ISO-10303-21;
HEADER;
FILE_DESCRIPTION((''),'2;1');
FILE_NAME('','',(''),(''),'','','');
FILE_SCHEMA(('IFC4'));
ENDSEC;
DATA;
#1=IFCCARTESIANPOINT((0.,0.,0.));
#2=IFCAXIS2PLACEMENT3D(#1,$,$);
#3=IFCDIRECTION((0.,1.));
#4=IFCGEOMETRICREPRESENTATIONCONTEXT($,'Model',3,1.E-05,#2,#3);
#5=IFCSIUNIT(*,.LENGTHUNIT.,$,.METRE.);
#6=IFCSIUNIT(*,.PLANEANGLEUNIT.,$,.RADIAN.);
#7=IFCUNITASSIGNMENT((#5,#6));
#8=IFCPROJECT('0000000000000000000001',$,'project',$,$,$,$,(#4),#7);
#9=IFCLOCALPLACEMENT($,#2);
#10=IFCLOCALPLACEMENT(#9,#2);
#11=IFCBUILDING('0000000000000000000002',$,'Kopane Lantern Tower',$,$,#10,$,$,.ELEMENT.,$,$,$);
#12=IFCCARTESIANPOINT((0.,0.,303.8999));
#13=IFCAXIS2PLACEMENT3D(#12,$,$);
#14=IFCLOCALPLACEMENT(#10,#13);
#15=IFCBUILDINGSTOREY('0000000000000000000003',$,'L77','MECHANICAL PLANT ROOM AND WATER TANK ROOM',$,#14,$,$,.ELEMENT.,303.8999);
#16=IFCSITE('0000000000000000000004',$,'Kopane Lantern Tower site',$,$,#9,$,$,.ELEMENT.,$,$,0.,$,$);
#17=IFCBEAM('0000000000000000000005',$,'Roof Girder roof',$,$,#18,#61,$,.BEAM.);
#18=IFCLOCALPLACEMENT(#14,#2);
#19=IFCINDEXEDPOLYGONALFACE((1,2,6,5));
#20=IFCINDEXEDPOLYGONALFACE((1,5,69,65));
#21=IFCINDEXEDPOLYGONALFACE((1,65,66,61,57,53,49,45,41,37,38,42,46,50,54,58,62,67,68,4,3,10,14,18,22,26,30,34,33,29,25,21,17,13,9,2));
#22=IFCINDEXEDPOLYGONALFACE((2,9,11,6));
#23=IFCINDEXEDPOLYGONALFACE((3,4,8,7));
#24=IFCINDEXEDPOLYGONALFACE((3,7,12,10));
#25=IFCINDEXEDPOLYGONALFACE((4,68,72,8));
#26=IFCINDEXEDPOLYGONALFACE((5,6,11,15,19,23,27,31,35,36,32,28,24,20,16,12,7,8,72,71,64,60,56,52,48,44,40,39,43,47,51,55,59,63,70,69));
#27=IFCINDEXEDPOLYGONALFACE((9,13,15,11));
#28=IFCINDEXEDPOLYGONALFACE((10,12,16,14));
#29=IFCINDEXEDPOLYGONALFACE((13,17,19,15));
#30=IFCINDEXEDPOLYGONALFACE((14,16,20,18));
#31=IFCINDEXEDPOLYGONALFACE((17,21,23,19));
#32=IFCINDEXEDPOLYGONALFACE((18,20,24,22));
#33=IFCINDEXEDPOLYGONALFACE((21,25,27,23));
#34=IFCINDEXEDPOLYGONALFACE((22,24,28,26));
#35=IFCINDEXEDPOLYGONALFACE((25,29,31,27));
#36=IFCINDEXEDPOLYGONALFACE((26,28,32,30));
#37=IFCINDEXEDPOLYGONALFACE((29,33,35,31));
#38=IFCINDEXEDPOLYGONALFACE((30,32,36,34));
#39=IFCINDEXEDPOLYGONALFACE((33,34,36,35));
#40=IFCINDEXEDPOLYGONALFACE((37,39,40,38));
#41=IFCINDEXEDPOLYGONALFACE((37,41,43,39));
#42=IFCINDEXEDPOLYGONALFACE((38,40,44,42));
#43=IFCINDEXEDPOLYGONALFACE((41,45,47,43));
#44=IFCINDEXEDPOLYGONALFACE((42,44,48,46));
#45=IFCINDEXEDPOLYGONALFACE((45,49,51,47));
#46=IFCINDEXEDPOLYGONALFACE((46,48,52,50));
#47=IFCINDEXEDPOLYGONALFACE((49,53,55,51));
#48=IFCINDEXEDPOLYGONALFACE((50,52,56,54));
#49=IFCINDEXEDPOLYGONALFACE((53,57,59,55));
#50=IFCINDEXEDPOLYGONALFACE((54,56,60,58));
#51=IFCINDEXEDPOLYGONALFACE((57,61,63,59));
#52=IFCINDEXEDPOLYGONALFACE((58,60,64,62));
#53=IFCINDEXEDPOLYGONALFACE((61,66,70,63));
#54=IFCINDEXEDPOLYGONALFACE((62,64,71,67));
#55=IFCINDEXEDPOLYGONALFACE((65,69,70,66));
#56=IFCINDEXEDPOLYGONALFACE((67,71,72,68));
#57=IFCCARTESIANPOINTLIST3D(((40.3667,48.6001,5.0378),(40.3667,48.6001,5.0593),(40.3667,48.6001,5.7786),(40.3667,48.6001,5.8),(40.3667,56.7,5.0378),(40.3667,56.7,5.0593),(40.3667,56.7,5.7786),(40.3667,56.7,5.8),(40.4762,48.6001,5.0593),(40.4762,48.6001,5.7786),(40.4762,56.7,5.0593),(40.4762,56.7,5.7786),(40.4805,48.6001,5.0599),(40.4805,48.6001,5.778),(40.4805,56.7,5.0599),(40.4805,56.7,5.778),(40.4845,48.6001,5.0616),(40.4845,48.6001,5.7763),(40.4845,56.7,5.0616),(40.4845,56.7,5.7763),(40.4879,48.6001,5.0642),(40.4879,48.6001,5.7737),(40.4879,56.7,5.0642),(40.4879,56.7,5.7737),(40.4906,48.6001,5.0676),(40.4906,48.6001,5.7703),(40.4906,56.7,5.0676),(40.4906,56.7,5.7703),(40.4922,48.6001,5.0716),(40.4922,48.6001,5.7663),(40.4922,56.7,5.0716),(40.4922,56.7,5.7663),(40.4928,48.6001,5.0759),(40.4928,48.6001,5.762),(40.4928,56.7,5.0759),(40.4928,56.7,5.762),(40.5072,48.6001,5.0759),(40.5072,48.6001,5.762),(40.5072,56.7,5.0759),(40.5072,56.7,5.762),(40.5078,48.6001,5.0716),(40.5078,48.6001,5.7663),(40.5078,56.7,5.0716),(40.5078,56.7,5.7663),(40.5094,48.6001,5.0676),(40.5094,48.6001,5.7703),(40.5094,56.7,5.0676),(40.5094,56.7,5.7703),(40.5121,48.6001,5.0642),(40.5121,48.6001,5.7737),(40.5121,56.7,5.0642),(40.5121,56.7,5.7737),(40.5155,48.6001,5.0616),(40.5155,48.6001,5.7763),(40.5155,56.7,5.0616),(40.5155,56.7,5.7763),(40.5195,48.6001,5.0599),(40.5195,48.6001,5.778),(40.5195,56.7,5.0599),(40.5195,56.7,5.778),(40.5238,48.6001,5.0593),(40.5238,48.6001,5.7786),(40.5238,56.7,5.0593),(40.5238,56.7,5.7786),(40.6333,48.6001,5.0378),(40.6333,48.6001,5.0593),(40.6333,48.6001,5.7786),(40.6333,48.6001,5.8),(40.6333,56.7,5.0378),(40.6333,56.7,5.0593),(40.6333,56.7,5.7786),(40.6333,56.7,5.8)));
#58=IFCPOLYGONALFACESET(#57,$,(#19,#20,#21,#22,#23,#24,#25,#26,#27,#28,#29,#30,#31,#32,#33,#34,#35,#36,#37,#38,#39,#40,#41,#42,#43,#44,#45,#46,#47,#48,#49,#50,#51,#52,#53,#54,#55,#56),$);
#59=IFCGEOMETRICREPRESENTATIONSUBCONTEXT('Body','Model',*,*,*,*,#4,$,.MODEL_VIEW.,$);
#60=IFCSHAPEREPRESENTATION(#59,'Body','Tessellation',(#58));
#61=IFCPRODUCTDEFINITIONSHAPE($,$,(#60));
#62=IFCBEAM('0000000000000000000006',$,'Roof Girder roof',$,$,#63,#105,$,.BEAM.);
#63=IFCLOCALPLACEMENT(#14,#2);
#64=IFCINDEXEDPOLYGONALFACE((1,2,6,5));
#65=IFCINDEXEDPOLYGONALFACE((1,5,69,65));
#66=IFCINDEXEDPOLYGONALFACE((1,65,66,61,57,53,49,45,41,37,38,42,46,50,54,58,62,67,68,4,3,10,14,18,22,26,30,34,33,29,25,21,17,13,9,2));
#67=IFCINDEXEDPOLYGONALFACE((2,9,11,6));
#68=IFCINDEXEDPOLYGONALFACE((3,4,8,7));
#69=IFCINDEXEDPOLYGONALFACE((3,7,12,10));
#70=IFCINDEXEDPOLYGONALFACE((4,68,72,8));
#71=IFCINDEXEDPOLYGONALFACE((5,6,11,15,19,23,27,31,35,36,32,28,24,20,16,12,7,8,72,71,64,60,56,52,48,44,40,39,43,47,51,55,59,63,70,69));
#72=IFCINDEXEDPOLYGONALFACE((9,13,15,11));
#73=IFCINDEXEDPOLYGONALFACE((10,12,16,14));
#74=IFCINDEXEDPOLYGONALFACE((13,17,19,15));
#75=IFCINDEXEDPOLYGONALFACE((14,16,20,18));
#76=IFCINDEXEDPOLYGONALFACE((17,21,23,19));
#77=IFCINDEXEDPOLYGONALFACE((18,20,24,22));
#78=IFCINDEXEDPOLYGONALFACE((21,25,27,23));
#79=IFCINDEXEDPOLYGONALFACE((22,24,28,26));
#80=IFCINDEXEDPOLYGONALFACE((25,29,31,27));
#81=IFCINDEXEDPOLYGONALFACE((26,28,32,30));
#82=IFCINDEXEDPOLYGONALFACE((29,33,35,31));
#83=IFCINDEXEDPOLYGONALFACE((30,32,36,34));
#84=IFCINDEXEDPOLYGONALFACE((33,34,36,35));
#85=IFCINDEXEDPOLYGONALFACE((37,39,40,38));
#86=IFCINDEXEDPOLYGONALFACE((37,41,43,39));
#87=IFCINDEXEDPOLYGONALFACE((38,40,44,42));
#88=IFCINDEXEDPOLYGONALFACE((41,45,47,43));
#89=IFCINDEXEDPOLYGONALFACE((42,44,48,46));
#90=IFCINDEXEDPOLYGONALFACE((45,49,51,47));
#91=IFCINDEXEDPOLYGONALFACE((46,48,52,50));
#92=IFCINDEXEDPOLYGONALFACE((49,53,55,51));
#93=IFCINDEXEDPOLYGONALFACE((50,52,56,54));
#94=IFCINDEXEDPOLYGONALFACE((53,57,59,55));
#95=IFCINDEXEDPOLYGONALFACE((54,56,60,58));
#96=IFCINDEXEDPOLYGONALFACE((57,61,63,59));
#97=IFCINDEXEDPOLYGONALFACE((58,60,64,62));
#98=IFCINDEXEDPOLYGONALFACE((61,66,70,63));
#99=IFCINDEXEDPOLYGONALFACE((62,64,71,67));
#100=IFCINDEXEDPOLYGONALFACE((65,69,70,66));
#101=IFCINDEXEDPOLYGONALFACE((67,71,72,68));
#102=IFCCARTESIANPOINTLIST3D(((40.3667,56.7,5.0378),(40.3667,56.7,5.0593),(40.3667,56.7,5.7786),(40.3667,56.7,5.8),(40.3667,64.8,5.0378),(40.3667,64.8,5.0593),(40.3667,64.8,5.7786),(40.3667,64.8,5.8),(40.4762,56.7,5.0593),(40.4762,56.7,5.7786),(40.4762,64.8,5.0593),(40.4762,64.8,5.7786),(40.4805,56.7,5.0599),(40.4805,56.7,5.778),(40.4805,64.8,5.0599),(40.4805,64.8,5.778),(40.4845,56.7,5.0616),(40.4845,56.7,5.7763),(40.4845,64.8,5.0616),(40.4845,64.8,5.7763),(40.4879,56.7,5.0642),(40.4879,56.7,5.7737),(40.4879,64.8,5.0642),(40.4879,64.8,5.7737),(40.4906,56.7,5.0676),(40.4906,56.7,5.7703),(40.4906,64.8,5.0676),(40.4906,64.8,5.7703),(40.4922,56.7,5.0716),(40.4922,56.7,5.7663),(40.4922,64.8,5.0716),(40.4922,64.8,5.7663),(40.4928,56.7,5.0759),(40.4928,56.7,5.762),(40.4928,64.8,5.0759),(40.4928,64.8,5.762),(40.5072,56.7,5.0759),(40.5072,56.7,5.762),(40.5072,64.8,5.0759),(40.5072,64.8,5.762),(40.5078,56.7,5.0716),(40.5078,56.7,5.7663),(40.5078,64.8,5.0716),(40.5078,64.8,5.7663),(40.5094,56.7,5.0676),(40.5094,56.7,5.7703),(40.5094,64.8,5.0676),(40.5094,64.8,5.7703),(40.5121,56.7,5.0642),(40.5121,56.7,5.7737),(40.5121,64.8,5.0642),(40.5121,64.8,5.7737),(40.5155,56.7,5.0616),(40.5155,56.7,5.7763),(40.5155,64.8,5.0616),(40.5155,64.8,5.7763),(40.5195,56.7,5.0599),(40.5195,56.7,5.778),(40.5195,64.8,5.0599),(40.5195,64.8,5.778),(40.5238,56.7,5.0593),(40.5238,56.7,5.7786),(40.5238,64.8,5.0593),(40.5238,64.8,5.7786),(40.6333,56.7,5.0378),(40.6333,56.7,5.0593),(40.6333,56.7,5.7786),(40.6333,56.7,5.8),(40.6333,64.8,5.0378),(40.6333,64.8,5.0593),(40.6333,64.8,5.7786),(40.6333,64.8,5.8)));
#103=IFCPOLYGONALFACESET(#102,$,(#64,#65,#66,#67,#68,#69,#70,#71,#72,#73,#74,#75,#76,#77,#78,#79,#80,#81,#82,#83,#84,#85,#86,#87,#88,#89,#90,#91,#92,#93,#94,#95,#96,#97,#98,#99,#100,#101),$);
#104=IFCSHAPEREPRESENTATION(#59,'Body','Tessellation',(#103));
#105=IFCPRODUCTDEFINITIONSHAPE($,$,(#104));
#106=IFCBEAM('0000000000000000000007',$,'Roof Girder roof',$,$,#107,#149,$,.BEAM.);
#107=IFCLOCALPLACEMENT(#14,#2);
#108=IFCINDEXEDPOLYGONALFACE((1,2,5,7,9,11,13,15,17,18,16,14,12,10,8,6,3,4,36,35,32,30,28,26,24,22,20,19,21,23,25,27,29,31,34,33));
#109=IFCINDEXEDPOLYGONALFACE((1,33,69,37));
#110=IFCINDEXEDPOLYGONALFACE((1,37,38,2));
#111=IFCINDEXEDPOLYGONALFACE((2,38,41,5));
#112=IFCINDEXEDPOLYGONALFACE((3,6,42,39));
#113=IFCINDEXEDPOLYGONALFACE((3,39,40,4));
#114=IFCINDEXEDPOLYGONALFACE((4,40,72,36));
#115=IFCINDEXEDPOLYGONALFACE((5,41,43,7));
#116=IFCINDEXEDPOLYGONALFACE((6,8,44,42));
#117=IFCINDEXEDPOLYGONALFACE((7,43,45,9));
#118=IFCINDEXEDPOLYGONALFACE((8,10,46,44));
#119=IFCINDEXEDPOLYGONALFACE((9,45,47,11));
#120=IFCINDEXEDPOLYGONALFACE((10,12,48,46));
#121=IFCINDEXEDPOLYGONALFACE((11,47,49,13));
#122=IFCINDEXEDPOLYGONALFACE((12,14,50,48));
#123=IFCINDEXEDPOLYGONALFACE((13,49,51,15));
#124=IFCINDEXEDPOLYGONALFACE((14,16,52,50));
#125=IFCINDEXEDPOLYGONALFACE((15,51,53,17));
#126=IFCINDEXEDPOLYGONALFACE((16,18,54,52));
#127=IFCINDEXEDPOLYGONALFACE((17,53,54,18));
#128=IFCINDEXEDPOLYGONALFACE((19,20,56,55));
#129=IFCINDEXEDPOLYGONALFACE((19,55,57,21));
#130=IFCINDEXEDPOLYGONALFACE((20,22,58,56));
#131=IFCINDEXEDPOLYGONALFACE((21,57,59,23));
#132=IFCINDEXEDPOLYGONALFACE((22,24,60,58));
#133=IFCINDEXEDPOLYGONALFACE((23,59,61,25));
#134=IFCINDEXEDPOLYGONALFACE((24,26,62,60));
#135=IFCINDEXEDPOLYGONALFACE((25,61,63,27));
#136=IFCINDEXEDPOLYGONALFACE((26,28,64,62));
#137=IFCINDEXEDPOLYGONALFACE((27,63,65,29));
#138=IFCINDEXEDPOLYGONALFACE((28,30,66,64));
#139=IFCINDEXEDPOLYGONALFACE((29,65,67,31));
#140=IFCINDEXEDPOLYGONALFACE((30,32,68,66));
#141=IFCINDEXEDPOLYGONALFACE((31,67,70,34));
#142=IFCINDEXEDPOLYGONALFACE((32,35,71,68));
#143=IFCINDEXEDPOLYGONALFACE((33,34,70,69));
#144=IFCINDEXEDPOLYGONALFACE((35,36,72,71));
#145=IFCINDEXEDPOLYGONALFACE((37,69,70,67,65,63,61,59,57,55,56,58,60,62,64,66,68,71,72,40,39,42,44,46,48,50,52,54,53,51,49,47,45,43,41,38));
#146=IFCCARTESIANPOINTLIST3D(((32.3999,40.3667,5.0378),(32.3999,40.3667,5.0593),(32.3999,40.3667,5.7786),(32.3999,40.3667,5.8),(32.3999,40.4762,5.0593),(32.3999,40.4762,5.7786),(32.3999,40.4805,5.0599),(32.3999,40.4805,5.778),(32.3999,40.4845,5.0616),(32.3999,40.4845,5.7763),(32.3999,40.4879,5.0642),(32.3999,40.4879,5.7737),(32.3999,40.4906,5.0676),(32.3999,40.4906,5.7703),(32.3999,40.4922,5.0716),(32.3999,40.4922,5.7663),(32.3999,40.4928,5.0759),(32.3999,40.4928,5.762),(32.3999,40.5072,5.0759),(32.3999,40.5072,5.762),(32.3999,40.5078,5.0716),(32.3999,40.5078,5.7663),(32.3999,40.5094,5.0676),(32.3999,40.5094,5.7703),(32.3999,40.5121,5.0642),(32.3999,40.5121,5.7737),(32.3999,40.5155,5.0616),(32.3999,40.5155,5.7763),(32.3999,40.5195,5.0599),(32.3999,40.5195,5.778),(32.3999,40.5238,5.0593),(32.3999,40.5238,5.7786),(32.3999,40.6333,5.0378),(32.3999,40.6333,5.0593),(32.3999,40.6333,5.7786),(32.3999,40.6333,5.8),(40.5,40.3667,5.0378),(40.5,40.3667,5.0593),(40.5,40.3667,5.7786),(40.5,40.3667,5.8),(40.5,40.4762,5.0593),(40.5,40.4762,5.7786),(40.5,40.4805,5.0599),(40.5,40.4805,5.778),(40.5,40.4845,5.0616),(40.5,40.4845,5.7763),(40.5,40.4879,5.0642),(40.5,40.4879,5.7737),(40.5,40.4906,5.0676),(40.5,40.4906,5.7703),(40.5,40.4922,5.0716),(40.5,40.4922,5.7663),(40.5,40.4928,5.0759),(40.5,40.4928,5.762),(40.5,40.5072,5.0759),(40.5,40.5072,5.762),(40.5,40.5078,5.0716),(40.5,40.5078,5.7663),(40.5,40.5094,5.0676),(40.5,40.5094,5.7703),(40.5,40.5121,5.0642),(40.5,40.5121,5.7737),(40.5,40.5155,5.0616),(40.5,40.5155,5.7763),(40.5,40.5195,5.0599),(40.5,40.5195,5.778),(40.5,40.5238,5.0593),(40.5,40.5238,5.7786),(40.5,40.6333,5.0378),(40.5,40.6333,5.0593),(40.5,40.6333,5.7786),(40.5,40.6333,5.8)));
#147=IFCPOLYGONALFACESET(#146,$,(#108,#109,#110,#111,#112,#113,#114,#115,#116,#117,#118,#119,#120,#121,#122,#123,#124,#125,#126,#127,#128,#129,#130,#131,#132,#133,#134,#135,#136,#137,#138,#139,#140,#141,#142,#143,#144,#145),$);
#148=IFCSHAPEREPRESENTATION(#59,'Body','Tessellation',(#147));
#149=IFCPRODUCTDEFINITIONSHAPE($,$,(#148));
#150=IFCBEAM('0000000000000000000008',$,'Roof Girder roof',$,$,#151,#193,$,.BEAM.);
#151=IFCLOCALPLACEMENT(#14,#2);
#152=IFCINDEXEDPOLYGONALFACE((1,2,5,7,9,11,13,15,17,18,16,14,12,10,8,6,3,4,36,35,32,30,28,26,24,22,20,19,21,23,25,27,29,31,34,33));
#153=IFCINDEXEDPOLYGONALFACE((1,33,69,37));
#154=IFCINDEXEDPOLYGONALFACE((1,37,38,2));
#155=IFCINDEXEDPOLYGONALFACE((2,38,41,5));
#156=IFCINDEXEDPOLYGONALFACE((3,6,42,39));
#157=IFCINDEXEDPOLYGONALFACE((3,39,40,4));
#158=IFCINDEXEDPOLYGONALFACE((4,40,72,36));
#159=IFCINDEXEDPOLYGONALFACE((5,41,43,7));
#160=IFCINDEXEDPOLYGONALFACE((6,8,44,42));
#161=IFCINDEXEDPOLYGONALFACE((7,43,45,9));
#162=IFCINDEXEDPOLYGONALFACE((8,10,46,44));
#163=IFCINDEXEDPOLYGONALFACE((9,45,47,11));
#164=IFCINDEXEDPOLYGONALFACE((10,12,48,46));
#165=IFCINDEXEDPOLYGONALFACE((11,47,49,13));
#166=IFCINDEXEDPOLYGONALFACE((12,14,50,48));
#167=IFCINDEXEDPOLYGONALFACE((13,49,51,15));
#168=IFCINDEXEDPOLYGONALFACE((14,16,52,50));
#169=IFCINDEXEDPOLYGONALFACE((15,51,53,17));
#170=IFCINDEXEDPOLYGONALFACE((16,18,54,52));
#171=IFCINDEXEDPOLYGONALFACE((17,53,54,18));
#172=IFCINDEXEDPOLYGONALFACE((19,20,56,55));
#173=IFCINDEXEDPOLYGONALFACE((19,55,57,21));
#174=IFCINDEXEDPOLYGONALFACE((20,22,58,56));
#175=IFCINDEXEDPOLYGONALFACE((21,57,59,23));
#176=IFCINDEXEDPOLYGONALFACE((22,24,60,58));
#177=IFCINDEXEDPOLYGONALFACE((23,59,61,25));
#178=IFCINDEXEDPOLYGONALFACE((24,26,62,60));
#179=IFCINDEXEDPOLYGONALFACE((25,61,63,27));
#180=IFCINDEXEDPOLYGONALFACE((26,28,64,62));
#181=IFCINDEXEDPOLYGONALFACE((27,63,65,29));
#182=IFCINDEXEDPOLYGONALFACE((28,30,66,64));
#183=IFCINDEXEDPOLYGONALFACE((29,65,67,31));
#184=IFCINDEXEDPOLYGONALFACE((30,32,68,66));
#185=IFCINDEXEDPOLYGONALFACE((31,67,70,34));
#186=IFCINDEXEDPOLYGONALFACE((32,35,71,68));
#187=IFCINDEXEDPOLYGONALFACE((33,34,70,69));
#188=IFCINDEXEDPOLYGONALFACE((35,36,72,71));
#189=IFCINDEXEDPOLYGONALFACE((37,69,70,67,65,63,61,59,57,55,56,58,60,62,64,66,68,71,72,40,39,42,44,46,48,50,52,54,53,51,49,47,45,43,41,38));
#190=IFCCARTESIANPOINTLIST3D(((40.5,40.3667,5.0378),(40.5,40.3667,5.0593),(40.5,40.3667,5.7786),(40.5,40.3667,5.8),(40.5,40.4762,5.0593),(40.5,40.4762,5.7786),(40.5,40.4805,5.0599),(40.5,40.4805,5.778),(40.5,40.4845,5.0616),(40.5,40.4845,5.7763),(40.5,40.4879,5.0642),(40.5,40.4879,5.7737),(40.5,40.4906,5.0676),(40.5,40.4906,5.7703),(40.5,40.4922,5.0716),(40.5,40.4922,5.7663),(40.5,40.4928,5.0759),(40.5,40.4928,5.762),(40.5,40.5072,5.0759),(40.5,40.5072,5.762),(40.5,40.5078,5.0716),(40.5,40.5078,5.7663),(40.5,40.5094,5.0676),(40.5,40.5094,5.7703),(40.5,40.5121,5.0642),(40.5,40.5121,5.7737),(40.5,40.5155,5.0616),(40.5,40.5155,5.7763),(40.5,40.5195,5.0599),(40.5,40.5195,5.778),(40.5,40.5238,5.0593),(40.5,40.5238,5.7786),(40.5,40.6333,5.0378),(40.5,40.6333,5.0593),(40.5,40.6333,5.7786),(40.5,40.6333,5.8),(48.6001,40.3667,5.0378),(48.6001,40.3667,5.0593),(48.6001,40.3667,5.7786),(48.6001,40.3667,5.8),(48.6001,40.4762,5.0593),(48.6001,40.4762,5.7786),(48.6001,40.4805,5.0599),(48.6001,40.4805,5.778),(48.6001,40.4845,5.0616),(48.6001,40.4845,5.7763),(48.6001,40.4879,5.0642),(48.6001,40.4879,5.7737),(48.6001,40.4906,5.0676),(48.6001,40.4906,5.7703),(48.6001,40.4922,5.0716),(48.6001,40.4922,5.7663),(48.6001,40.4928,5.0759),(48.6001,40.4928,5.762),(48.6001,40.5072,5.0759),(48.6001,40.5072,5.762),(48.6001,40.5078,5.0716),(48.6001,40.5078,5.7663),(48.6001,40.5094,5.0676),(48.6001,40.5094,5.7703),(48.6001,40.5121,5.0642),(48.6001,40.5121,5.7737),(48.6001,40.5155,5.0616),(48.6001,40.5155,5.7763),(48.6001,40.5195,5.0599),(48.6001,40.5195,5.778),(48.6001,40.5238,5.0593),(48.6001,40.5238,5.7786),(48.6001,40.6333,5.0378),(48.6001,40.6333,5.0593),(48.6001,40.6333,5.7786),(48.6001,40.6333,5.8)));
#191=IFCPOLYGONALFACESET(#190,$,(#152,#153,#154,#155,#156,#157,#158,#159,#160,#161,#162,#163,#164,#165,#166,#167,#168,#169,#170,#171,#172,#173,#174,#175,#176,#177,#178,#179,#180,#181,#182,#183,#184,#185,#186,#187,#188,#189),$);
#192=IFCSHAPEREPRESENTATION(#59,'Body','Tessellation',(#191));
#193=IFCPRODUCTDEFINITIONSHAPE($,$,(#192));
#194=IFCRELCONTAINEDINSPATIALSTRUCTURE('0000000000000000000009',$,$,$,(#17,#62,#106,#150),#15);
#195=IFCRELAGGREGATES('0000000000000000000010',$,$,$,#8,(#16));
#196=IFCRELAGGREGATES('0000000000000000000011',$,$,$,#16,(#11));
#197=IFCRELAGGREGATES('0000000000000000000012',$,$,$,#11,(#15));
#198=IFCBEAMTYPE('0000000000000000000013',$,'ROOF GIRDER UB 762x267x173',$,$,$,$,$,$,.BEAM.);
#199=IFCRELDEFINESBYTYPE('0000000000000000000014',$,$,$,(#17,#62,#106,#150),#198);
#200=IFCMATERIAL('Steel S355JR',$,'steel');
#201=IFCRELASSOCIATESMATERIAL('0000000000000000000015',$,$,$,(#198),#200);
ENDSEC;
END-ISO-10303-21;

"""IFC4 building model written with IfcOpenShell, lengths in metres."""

from ifc_helpers import new_model, si_unit, direction, frame, origin, origin_2d, place, context, subcontext, project, spatial, i_section, extrude, material, material_profile, profile_set, type_object, element, save


model = new_model("IFC4")

# Units and contexts
model_context = context("Model", 3, precision=1e-05, world=origin(), true_north=direction((0.0, 1.0)))
body_context = subcontext(model_context, "Body", "Model", "MODEL_VIEW")
ifc_project = project(units=[si_unit("LENGTHUNIT", "METRE"), si_unit("PLANEANGLEUNIT", "RADIAN")], contexts=[model_context])

# Site, building, storey
site_placement = place(None, origin())
site = spatial("IfcSite", under=ifc_project, at=site_placement, Name="Kopane Lantern Tower site", CompositionType="ELEMENT", RefElevation=0.0)
building_placement = place(site_placement, origin())
building = spatial("IfcBuilding", under=site, at=building_placement, Name="Kopane Lantern Tower", CompositionType="ELEMENT")
storey_placement = place(building_placement, frame((0.0, 0.0, 303.8999)))
storey = spatial("IfcBuildingStorey", under=building, at=storey_placement, Name="L77", Description="MECHANICAL PLANT ROOM AND WATER TANK ROOM", CompositionType="ELEMENT", Elevation=303.8999)

# Beams
ifc_material_1 = material(Name="Steel S355JR", Category="steel")
ifc_material_profile_1 = material_profile(ifc_material_1, i_section(OverallWidth=0.2666, OverallDepth=0.7622, WebThickness=0.0144, FlangeThickness=0.0215, FilletRadius=0.0166, at=origin_2d()), Name="UB 762x267x173")
ifc_profile_set_1 = profile_set([ifc_material_profile_1], Name="Steel S355JR")
beam_type_1 = type_object("IfcBeamType", Name="ROOF GIRDER UB 762x267x173", PredefinedType="BEAM", material=ifc_profile_set_1)
beam_1_placement = place(storey_placement, frame((40.5, 48.6001, 5.4189), z_axis=(0.0, 1.0, 0.0), x_axis=(-1.0, 0.0, 0.0)))
element("IfcBeam", 1, at=beam_1_placement, inside=storey, type_object=beam_type_1, Name="Roof Girder roof", PredefinedType="BEAM", context=body_context, shape_type="SweptSolid", body=[
    extrude(i_section(OverallWidth=0.2666, OverallDepth=0.7622, WebThickness=0.0144, FlangeThickness=0.0215, FilletRadius=0.0166, at=origin_2d()), origin(), (0.0, 0.0, 1.0), 8.0999),
])
for number, where, z_axis, x_axis, name in (
    (2, (40.5, 56.7, 5.4189), (0.0, 1.0, 0.0), (-1.0, 0.0, 0.0), "Roof Girder roof"),
    (3, (32.3999, 40.5, 5.4189), (1.0, 0.0, 0.0), (0.0, 1.0, 0.0), "Roof Girder roof"),
    (4, (40.5, 40.5, 5.4189), (1.0, 0.0, 0.0), (0.0, 1.0, 0.0), "Roof Girder roof"),
):
    element("IfcBeam", number, at=place(storey_placement, frame(where, z_axis=z_axis, x_axis=x_axis)), inside=storey, type_object=beam_type_1, Name=name, PredefinedType="BEAM", context=body_context, shape_type="SweptSolid", body=[
        extrude(i_section(OverallWidth=0.2666, OverallDepth=0.7622, WebThickness=0.0144, FlangeThickness=0.0215, FilletRadius=0.0166, at=origin_2d()), origin(), (0.0, 0.0, 1.0), 8.1001),
    ])

save(model, "model.ifc")
